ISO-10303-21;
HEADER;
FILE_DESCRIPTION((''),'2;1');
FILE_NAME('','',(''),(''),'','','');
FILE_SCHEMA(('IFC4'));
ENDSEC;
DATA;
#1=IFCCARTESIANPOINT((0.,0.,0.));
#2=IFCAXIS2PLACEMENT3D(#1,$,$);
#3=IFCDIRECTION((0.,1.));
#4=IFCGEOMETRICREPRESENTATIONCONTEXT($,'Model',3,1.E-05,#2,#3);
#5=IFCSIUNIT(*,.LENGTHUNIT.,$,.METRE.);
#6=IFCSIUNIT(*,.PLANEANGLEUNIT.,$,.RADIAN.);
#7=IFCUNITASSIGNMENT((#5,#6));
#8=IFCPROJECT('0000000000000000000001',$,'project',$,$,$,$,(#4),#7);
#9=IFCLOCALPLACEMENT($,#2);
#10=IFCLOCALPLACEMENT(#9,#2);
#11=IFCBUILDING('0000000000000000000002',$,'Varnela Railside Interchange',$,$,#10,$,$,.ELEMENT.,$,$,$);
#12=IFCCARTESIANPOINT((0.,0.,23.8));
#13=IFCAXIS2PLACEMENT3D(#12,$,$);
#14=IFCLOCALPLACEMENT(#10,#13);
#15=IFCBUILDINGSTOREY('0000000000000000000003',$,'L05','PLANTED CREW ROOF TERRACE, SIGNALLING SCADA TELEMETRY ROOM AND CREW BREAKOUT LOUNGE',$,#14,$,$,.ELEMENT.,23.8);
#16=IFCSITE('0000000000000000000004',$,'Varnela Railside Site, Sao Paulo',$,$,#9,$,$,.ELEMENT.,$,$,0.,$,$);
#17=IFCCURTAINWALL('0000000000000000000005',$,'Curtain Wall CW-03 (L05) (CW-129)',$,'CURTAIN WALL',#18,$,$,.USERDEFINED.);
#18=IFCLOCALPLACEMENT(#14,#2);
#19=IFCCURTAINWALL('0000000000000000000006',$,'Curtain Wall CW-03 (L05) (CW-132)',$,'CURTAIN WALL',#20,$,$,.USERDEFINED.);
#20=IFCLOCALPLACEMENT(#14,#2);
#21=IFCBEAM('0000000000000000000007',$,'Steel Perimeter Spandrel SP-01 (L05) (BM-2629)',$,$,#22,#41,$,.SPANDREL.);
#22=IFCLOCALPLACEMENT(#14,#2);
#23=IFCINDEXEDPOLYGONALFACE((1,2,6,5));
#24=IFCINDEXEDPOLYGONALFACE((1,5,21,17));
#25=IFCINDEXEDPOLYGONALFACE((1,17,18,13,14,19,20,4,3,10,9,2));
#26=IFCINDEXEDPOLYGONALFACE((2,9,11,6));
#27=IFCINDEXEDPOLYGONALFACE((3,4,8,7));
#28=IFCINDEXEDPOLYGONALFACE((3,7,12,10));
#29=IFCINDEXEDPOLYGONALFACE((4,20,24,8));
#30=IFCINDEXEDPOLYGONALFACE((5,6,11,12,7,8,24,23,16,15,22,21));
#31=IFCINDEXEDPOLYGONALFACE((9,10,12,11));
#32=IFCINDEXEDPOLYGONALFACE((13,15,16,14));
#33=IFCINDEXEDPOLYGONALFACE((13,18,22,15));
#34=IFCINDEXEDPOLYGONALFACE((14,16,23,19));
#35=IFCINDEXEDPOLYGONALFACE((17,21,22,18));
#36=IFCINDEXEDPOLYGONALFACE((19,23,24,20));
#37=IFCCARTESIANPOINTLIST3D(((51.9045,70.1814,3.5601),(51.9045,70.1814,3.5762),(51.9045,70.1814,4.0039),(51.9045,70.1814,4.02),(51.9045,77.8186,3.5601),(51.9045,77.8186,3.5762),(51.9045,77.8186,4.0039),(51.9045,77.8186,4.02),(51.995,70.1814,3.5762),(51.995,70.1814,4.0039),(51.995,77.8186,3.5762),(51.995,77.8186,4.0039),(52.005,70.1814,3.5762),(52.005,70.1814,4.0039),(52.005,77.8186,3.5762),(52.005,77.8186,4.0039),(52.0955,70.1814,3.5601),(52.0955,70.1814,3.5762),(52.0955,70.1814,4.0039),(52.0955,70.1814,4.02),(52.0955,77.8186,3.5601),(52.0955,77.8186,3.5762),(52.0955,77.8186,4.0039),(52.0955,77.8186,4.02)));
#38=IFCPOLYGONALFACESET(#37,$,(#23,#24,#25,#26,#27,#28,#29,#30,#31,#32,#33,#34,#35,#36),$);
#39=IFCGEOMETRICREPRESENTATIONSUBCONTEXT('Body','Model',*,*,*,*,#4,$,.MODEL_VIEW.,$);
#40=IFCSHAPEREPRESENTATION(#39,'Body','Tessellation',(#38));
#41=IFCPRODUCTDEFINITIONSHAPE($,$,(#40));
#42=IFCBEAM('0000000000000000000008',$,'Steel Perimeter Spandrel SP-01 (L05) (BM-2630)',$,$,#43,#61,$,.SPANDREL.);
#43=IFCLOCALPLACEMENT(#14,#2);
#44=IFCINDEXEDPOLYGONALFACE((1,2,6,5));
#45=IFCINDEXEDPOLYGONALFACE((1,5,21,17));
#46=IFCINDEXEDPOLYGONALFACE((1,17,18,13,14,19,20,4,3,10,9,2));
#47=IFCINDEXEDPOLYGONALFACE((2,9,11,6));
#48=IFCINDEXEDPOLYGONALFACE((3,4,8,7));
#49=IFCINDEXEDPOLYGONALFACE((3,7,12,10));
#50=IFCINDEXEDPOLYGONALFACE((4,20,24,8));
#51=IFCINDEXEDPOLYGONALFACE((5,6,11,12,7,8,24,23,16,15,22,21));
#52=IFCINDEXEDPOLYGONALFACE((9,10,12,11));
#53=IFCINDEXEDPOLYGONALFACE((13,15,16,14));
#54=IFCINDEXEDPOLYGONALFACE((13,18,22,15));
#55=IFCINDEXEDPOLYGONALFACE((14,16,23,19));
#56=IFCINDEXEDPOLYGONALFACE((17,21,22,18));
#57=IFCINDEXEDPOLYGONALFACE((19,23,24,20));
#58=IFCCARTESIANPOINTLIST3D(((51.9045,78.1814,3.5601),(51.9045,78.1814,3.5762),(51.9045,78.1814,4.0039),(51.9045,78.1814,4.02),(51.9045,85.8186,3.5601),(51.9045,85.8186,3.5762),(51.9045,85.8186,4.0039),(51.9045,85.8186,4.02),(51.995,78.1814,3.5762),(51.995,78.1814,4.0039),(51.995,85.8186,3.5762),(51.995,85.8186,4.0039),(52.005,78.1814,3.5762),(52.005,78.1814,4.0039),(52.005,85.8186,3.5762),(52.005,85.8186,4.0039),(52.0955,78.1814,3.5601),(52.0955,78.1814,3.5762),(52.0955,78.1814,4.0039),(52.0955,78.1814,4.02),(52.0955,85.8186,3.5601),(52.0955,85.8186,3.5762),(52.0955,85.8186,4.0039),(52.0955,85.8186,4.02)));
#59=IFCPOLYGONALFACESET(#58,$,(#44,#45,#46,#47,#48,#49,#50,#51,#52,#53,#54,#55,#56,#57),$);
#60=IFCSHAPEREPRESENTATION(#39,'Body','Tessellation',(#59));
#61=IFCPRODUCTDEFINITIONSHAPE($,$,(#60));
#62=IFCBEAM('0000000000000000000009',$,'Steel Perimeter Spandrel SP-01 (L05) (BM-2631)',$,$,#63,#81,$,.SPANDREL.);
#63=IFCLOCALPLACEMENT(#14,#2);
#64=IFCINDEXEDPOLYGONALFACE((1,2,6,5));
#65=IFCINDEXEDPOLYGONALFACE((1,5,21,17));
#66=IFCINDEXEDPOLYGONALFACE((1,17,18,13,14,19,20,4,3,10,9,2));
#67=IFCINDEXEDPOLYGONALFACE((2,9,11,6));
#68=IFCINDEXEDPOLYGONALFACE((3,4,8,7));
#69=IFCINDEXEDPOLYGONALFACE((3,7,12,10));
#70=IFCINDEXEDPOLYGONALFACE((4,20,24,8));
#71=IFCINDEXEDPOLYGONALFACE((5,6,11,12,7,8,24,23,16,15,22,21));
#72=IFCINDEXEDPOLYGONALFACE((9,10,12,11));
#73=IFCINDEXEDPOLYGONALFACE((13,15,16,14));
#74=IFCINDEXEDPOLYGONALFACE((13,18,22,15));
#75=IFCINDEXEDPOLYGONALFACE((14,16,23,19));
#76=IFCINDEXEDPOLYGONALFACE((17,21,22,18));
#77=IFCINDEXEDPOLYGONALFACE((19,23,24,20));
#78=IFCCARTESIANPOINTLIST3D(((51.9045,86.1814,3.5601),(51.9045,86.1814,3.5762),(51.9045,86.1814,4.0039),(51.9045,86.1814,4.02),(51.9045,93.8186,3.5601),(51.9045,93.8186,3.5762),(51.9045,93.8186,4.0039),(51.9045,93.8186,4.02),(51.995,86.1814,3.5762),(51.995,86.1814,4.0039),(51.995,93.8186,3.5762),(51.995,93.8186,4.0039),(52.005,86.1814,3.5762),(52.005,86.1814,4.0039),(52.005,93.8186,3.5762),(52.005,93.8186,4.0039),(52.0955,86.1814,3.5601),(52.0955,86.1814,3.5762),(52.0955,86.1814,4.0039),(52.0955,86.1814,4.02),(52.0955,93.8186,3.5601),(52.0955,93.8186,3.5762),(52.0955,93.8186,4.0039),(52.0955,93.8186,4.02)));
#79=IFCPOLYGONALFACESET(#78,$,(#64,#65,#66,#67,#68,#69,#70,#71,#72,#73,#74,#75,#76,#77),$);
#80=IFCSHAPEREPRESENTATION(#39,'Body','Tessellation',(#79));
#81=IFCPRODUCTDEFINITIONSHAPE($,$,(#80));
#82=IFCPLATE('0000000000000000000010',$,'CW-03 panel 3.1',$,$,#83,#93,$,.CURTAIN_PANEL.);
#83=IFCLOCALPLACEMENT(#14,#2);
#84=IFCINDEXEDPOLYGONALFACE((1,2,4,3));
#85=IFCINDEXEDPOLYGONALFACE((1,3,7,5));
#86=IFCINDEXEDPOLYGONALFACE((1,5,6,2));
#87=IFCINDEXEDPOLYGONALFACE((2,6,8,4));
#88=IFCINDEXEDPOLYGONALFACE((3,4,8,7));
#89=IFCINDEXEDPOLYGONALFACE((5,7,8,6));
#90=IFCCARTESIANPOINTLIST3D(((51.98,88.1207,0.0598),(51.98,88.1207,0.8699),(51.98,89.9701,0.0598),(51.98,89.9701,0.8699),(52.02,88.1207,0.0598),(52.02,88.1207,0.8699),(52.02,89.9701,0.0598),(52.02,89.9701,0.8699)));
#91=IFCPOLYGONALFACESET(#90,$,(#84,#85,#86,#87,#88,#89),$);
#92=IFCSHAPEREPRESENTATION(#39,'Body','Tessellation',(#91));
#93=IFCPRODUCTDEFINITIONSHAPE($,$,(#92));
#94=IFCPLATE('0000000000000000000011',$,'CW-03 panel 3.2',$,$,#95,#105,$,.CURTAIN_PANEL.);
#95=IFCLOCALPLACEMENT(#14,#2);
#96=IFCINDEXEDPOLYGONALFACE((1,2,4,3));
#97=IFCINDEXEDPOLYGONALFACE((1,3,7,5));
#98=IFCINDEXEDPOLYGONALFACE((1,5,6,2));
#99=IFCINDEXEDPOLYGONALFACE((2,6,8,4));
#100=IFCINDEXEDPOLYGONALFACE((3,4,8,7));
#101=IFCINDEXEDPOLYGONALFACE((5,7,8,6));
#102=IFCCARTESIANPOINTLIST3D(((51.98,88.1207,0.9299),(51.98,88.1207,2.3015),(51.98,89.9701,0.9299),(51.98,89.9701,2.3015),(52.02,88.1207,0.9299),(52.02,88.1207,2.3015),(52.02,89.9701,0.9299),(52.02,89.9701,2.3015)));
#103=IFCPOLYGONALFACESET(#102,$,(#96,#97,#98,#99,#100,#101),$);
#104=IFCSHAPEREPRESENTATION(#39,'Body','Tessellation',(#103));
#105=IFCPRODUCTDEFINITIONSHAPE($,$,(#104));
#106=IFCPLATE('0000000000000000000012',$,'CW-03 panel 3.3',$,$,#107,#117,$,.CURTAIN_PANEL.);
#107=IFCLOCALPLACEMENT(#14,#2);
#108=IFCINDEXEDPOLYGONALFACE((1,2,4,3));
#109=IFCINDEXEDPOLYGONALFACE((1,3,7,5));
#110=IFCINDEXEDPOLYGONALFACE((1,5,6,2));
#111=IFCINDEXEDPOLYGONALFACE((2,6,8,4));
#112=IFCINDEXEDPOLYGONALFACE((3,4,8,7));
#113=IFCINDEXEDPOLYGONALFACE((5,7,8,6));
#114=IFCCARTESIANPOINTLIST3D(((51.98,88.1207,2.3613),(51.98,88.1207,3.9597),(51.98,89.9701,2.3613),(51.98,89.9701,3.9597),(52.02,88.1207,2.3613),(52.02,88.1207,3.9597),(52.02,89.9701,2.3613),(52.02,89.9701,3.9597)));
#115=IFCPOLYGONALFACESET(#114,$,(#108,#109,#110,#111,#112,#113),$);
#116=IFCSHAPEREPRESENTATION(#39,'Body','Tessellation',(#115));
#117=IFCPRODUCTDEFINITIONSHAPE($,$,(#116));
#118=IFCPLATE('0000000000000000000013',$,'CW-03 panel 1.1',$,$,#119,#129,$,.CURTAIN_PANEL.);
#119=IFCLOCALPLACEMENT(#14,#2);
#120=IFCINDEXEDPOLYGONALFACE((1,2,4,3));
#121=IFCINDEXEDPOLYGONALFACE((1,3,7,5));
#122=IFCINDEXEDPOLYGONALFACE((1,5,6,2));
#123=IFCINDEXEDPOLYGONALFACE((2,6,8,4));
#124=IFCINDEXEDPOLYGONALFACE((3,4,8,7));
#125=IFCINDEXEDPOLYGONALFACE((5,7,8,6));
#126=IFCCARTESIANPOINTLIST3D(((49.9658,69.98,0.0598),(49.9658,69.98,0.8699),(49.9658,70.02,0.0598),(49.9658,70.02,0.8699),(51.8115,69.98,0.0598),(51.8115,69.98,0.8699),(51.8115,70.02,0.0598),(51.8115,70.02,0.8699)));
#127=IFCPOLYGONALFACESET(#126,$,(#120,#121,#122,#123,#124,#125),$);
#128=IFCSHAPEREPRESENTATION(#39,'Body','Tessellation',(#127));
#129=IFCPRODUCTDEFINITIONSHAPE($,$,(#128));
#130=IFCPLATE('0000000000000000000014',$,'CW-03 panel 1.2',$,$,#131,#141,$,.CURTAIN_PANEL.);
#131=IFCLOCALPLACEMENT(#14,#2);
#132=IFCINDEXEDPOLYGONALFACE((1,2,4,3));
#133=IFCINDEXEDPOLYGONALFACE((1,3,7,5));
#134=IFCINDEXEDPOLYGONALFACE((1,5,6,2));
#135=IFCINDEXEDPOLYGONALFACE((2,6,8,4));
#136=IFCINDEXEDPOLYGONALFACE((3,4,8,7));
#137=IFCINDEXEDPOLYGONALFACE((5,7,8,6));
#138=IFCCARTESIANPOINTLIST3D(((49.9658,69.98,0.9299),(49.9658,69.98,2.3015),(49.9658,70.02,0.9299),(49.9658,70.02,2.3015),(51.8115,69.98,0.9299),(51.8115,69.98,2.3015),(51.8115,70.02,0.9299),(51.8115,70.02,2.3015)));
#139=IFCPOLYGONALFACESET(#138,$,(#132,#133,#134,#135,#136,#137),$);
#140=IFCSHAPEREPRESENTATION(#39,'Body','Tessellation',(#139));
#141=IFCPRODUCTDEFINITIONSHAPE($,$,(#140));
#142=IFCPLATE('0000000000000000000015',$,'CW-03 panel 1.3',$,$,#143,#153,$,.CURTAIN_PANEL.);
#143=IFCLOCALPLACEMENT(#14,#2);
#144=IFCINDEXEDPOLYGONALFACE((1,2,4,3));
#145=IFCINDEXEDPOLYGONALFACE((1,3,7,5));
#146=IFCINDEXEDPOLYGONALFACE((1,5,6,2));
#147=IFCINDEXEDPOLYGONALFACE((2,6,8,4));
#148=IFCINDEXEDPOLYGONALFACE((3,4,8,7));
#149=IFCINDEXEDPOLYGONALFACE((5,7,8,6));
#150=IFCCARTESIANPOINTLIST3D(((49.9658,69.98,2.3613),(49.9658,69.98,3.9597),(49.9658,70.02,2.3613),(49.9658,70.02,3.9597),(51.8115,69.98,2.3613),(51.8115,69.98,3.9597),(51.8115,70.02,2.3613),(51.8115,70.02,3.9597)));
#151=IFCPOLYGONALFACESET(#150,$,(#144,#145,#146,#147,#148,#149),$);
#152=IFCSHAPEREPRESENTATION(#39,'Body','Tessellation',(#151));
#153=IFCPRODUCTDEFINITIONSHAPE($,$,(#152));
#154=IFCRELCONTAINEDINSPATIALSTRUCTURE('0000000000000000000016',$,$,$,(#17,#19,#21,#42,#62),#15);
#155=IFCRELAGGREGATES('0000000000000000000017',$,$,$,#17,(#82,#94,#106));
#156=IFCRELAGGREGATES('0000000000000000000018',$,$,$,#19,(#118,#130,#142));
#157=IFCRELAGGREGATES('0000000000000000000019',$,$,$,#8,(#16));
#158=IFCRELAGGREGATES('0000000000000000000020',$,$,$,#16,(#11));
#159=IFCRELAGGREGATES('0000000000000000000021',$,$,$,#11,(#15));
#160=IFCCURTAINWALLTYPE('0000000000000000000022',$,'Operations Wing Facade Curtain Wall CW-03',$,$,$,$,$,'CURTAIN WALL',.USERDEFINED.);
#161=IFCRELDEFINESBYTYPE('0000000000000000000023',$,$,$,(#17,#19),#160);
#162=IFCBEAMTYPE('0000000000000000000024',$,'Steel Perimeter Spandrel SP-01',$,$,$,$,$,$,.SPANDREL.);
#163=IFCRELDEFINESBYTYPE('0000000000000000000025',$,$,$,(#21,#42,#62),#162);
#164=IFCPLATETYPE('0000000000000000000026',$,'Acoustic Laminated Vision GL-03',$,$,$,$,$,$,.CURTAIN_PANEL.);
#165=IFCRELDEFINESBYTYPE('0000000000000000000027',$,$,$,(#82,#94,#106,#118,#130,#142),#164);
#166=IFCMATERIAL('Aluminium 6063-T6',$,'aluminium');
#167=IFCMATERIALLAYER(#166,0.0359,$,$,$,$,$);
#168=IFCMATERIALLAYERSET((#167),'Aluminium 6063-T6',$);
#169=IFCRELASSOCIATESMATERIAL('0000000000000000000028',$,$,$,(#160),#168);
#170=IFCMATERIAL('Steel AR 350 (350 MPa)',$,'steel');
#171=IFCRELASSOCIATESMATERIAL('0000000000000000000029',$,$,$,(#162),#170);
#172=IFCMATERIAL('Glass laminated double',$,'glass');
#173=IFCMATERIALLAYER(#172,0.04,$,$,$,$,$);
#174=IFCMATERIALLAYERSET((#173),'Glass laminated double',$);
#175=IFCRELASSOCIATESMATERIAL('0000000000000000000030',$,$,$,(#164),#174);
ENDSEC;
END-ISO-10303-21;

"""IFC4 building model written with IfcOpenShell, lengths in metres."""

from ifc_helpers import new_model, si_unit, direction, frame, origin, origin_2d, place, context, subcontext, project, spatial, rectangle, i_section, extrude, material, layer, layer_set, material_profile, profile_set, type_object, element, aggregate, save


model = new_model("IFC4")

# Units and contexts
model_context = context("Model", 3, precision=1e-05, world=origin(), true_north=direction((0.0, 1.0)))
body_context = subcontext(model_context, "Body", "Model", "MODEL_VIEW")
ifc_project = project(units=[si_unit("LENGTHUNIT", "METRE"), si_unit("PLANEANGLEUNIT", "RADIAN")], contexts=[model_context])

# Site, building, storey
site_placement = place(None, origin())
site = spatial("IfcSite", under=ifc_project, at=site_placement, Name="Varnela Railside Site, Sao Paulo", CompositionType="ELEMENT", RefElevation=0.0)
building_placement = place(site_placement, origin())
building = spatial("IfcBuilding", under=site, at=building_placement, Name="Varnela Railside Interchange", CompositionType="ELEMENT")
storey_placement = place(building_placement, frame((0.0, 0.0, 23.8)))
storey = spatial("IfcBuildingStorey", under=building, at=storey_placement, Name="L05", Description="PLANTED CREW ROOF TERRACE, SIGNALLING SCADA TELEMETRY ROOM AND CREW BREAKOUT LOUNGE", CompositionType="ELEMENT", Elevation=23.8)

# Shared definitions
ifc_material_1 = material(Name="Steel AR 350 (350 MPa)", Category="steel")

# Curtain wall
ifc_material_2 = material(Name="Aluminium 6063-T6", Category="aluminium")
ifc_layer_1 = layer(ifc_material_2, 0.0359)
ifc_layer_set_1 = layer_set([ifc_layer_1], Name="Aluminium 6063-T6")
curtain_wall_type = type_object("IfcCurtainWallType", Name="Operations Wing Facade Curtain Wall CW-03", ElementType="CURTAIN WALL", PredefinedType="USERDEFINED", material=ifc_layer_set_1)
curtain_wall_1_placement = place(storey_placement, origin())
curtain_wall_1 = element("IfcCurtainWall", 1, at=curtain_wall_1_placement, inside=storey, type_object=curtain_wall_type, Name="Curtain Wall CW-03 (L05) (CW-129)", ObjectType="CURTAIN WALL", PredefinedType="USERDEFINED")

# Curtain wall
curtain_wall_2_placement = place(storey_placement, origin())
curtain_wall_2 = element("IfcCurtainWall", 2, at=curtain_wall_2_placement, inside=storey, type_object=curtain_wall_type, Name="Curtain Wall CW-03 (L05) (CW-132)", ObjectType="CURTAIN WALL", PredefinedType="USERDEFINED")

# Beams
ifc_material_profile_1 = material_profile(ifc_material_1, i_section(OverallWidth=0.1909, OverallDepth=0.46, WebThickness=0.01, FlangeThickness=0.0161, at=origin_2d()), Name="W460x82")
ifc_profile_set_1 = profile_set([ifc_material_profile_1], Name="Steel AR 350 (350 MPa)")
beam_type = type_object("IfcBeamType", Name="Steel Perimeter Spandrel SP-01", PredefinedType="SPANDREL", material=ifc_profile_set_1)
for number, where, z_axis, x_axis, name in (
    (3, (52.0, 70.1814, 3.79), (0.0, 1.0, 0.0), (-1.0, 0.0, 0.0), "Steel Perimeter Spandrel SP-01 (L05) (BM-2629)"),
    (4, (52.0, 78.1814, 3.79), (0.0, 1.0, 0.0), (-1.0, 0.0, 0.0), "Steel Perimeter Spandrel SP-01 (L05) (BM-2630)"),
    (5, (52.0, 86.1814, 3.79), (0.0, 1.0, 0.0), (-1.0, 0.0, 0.0), "Steel Perimeter Spandrel SP-01 (L05) (BM-2631)"),
):
    element("IfcBeam", number, at=place(storey_placement, frame(where, z_axis=z_axis, x_axis=x_axis)), inside=storey, type_object=beam_type, Name=name, PredefinedType="SPANDREL", context=body_context, shape_type="SweptSolid", body=[
        extrude(i_section(OverallWidth=0.1909, OverallDepth=0.46, WebThickness=0.01, FlangeThickness=0.0161, at=origin_2d()), origin(), (0.0, 0.0, 1.0), 7.6372),
    ])

# Plates
ifc_material_3 = material(Name="Glass laminated double", Category="glass")
ifc_layer_2 = layer(ifc_material_3, 0.04)
ifc_layer_set_2 = layer_set([ifc_layer_2], Name="Glass laminated double")
plate_type = type_object("IfcPlateType", Name="Acoustic Laminated Vision GL-03", PredefinedType="CURTAIN_PANEL", material=ifc_layer_set_2)
plate_1_placement = place(storey_placement, frame((52.0, 89.0454, 0.0598), z_axis=(0.0, 0.0, 1.0), x_axis=(0.0, -1.0, 0.0)))
plate_1 = element("IfcPlate", 6, at=plate_1_placement, type_object=plate_type, Name="CW-03 panel 3.1", PredefinedType="CURTAIN_PANEL", context=body_context, shape_type="SweptSolid", body=[
    extrude(rectangle(XDim=1.8494, YDim=0.04, at=origin_2d()), origin(), (0.0, 0.0, 1.0), 0.8101),
])
plate_2_placement = place(storey_placement, frame((52.0, 89.0454, 0.9299), z_axis=(0.0, 0.0, 1.0), x_axis=(0.0, -1.0, 0.0)))
plate_2 = element("IfcPlate", 7, at=plate_2_placement, type_object=plate_type, Name="CW-03 panel 3.2", PredefinedType="CURTAIN_PANEL", context=body_context, shape_type="SweptSolid", body=[
    extrude(rectangle(XDim=1.8494, YDim=0.04, at=origin_2d()), origin(), (0.0, 0.0, 1.0), 1.3716),
])
plate_3_placement = place(storey_placement, frame((52.0, 89.0454, 2.3613), z_axis=(0.0, 0.0, 1.0), x_axis=(0.0, -1.0, 0.0)))
plate_3 = element("IfcPlate", 8, at=plate_3_placement, type_object=plate_type, Name="CW-03 panel 3.3", PredefinedType="CURTAIN_PANEL", context=body_context, shape_type="SweptSolid", body=[
    extrude(rectangle(XDim=1.8494, YDim=0.04, at=origin_2d()), origin(), (0.0, 0.0, 1.0), 1.5984),
])
aggregate(curtain_wall_1, [plate_1, plate_2, plate_3])
plate_4_placement = place(storey_placement, frame((50.8887, 70.0, 0.0598), z_axis=(0.0, 0.0, 1.0), x_axis=(-1.0, 0.0, 0.0)))
plate_4 = element("IfcPlate", 9, at=plate_4_placement, type_object=plate_type, Name="CW-03 panel 1.1", PredefinedType="CURTAIN_PANEL", context=body_context, shape_type="SweptSolid", body=[
    extrude(rectangle(XDim=1.8457, YDim=0.04, at=origin_2d()), origin(), (0.0, 0.0, 1.0), 0.8101),
])
plate_5_placement = place(storey_placement, frame((50.8887, 70.0, 0.9299), z_axis=(0.0, 0.0, 1.0), x_axis=(-1.0, 0.0, 0.0)))
plate_5 = element("IfcPlate", 10, at=plate_5_placement, type_object=plate_type, Name="CW-03 panel 1.2", PredefinedType="CURTAIN_PANEL", context=body_context, shape_type="SweptSolid", body=[
    extrude(rectangle(XDim=1.8457, YDim=0.04, at=origin_2d()), origin(), (0.0, 0.0, 1.0), 1.3716),
])
plate_6_placement = place(storey_placement, frame((50.8887, 70.0, 2.3613), z_axis=(0.0, 0.0, 1.0), x_axis=(-1.0, 0.0, 0.0)))
plate_6 = element("IfcPlate", 11, at=plate_6_placement, type_object=plate_type, Name="CW-03 panel 1.3", PredefinedType="CURTAIN_PANEL", context=body_context, shape_type="SweptSolid", body=[
    extrude(rectangle(XDim=1.8457, YDim=0.04, at=origin_2d()), origin(), (0.0, 0.0, 1.0), 1.5984),
])
aggregate(curtain_wall_2, [plate_4, plate_5, plate_6])

save(model, "model.ifc")
